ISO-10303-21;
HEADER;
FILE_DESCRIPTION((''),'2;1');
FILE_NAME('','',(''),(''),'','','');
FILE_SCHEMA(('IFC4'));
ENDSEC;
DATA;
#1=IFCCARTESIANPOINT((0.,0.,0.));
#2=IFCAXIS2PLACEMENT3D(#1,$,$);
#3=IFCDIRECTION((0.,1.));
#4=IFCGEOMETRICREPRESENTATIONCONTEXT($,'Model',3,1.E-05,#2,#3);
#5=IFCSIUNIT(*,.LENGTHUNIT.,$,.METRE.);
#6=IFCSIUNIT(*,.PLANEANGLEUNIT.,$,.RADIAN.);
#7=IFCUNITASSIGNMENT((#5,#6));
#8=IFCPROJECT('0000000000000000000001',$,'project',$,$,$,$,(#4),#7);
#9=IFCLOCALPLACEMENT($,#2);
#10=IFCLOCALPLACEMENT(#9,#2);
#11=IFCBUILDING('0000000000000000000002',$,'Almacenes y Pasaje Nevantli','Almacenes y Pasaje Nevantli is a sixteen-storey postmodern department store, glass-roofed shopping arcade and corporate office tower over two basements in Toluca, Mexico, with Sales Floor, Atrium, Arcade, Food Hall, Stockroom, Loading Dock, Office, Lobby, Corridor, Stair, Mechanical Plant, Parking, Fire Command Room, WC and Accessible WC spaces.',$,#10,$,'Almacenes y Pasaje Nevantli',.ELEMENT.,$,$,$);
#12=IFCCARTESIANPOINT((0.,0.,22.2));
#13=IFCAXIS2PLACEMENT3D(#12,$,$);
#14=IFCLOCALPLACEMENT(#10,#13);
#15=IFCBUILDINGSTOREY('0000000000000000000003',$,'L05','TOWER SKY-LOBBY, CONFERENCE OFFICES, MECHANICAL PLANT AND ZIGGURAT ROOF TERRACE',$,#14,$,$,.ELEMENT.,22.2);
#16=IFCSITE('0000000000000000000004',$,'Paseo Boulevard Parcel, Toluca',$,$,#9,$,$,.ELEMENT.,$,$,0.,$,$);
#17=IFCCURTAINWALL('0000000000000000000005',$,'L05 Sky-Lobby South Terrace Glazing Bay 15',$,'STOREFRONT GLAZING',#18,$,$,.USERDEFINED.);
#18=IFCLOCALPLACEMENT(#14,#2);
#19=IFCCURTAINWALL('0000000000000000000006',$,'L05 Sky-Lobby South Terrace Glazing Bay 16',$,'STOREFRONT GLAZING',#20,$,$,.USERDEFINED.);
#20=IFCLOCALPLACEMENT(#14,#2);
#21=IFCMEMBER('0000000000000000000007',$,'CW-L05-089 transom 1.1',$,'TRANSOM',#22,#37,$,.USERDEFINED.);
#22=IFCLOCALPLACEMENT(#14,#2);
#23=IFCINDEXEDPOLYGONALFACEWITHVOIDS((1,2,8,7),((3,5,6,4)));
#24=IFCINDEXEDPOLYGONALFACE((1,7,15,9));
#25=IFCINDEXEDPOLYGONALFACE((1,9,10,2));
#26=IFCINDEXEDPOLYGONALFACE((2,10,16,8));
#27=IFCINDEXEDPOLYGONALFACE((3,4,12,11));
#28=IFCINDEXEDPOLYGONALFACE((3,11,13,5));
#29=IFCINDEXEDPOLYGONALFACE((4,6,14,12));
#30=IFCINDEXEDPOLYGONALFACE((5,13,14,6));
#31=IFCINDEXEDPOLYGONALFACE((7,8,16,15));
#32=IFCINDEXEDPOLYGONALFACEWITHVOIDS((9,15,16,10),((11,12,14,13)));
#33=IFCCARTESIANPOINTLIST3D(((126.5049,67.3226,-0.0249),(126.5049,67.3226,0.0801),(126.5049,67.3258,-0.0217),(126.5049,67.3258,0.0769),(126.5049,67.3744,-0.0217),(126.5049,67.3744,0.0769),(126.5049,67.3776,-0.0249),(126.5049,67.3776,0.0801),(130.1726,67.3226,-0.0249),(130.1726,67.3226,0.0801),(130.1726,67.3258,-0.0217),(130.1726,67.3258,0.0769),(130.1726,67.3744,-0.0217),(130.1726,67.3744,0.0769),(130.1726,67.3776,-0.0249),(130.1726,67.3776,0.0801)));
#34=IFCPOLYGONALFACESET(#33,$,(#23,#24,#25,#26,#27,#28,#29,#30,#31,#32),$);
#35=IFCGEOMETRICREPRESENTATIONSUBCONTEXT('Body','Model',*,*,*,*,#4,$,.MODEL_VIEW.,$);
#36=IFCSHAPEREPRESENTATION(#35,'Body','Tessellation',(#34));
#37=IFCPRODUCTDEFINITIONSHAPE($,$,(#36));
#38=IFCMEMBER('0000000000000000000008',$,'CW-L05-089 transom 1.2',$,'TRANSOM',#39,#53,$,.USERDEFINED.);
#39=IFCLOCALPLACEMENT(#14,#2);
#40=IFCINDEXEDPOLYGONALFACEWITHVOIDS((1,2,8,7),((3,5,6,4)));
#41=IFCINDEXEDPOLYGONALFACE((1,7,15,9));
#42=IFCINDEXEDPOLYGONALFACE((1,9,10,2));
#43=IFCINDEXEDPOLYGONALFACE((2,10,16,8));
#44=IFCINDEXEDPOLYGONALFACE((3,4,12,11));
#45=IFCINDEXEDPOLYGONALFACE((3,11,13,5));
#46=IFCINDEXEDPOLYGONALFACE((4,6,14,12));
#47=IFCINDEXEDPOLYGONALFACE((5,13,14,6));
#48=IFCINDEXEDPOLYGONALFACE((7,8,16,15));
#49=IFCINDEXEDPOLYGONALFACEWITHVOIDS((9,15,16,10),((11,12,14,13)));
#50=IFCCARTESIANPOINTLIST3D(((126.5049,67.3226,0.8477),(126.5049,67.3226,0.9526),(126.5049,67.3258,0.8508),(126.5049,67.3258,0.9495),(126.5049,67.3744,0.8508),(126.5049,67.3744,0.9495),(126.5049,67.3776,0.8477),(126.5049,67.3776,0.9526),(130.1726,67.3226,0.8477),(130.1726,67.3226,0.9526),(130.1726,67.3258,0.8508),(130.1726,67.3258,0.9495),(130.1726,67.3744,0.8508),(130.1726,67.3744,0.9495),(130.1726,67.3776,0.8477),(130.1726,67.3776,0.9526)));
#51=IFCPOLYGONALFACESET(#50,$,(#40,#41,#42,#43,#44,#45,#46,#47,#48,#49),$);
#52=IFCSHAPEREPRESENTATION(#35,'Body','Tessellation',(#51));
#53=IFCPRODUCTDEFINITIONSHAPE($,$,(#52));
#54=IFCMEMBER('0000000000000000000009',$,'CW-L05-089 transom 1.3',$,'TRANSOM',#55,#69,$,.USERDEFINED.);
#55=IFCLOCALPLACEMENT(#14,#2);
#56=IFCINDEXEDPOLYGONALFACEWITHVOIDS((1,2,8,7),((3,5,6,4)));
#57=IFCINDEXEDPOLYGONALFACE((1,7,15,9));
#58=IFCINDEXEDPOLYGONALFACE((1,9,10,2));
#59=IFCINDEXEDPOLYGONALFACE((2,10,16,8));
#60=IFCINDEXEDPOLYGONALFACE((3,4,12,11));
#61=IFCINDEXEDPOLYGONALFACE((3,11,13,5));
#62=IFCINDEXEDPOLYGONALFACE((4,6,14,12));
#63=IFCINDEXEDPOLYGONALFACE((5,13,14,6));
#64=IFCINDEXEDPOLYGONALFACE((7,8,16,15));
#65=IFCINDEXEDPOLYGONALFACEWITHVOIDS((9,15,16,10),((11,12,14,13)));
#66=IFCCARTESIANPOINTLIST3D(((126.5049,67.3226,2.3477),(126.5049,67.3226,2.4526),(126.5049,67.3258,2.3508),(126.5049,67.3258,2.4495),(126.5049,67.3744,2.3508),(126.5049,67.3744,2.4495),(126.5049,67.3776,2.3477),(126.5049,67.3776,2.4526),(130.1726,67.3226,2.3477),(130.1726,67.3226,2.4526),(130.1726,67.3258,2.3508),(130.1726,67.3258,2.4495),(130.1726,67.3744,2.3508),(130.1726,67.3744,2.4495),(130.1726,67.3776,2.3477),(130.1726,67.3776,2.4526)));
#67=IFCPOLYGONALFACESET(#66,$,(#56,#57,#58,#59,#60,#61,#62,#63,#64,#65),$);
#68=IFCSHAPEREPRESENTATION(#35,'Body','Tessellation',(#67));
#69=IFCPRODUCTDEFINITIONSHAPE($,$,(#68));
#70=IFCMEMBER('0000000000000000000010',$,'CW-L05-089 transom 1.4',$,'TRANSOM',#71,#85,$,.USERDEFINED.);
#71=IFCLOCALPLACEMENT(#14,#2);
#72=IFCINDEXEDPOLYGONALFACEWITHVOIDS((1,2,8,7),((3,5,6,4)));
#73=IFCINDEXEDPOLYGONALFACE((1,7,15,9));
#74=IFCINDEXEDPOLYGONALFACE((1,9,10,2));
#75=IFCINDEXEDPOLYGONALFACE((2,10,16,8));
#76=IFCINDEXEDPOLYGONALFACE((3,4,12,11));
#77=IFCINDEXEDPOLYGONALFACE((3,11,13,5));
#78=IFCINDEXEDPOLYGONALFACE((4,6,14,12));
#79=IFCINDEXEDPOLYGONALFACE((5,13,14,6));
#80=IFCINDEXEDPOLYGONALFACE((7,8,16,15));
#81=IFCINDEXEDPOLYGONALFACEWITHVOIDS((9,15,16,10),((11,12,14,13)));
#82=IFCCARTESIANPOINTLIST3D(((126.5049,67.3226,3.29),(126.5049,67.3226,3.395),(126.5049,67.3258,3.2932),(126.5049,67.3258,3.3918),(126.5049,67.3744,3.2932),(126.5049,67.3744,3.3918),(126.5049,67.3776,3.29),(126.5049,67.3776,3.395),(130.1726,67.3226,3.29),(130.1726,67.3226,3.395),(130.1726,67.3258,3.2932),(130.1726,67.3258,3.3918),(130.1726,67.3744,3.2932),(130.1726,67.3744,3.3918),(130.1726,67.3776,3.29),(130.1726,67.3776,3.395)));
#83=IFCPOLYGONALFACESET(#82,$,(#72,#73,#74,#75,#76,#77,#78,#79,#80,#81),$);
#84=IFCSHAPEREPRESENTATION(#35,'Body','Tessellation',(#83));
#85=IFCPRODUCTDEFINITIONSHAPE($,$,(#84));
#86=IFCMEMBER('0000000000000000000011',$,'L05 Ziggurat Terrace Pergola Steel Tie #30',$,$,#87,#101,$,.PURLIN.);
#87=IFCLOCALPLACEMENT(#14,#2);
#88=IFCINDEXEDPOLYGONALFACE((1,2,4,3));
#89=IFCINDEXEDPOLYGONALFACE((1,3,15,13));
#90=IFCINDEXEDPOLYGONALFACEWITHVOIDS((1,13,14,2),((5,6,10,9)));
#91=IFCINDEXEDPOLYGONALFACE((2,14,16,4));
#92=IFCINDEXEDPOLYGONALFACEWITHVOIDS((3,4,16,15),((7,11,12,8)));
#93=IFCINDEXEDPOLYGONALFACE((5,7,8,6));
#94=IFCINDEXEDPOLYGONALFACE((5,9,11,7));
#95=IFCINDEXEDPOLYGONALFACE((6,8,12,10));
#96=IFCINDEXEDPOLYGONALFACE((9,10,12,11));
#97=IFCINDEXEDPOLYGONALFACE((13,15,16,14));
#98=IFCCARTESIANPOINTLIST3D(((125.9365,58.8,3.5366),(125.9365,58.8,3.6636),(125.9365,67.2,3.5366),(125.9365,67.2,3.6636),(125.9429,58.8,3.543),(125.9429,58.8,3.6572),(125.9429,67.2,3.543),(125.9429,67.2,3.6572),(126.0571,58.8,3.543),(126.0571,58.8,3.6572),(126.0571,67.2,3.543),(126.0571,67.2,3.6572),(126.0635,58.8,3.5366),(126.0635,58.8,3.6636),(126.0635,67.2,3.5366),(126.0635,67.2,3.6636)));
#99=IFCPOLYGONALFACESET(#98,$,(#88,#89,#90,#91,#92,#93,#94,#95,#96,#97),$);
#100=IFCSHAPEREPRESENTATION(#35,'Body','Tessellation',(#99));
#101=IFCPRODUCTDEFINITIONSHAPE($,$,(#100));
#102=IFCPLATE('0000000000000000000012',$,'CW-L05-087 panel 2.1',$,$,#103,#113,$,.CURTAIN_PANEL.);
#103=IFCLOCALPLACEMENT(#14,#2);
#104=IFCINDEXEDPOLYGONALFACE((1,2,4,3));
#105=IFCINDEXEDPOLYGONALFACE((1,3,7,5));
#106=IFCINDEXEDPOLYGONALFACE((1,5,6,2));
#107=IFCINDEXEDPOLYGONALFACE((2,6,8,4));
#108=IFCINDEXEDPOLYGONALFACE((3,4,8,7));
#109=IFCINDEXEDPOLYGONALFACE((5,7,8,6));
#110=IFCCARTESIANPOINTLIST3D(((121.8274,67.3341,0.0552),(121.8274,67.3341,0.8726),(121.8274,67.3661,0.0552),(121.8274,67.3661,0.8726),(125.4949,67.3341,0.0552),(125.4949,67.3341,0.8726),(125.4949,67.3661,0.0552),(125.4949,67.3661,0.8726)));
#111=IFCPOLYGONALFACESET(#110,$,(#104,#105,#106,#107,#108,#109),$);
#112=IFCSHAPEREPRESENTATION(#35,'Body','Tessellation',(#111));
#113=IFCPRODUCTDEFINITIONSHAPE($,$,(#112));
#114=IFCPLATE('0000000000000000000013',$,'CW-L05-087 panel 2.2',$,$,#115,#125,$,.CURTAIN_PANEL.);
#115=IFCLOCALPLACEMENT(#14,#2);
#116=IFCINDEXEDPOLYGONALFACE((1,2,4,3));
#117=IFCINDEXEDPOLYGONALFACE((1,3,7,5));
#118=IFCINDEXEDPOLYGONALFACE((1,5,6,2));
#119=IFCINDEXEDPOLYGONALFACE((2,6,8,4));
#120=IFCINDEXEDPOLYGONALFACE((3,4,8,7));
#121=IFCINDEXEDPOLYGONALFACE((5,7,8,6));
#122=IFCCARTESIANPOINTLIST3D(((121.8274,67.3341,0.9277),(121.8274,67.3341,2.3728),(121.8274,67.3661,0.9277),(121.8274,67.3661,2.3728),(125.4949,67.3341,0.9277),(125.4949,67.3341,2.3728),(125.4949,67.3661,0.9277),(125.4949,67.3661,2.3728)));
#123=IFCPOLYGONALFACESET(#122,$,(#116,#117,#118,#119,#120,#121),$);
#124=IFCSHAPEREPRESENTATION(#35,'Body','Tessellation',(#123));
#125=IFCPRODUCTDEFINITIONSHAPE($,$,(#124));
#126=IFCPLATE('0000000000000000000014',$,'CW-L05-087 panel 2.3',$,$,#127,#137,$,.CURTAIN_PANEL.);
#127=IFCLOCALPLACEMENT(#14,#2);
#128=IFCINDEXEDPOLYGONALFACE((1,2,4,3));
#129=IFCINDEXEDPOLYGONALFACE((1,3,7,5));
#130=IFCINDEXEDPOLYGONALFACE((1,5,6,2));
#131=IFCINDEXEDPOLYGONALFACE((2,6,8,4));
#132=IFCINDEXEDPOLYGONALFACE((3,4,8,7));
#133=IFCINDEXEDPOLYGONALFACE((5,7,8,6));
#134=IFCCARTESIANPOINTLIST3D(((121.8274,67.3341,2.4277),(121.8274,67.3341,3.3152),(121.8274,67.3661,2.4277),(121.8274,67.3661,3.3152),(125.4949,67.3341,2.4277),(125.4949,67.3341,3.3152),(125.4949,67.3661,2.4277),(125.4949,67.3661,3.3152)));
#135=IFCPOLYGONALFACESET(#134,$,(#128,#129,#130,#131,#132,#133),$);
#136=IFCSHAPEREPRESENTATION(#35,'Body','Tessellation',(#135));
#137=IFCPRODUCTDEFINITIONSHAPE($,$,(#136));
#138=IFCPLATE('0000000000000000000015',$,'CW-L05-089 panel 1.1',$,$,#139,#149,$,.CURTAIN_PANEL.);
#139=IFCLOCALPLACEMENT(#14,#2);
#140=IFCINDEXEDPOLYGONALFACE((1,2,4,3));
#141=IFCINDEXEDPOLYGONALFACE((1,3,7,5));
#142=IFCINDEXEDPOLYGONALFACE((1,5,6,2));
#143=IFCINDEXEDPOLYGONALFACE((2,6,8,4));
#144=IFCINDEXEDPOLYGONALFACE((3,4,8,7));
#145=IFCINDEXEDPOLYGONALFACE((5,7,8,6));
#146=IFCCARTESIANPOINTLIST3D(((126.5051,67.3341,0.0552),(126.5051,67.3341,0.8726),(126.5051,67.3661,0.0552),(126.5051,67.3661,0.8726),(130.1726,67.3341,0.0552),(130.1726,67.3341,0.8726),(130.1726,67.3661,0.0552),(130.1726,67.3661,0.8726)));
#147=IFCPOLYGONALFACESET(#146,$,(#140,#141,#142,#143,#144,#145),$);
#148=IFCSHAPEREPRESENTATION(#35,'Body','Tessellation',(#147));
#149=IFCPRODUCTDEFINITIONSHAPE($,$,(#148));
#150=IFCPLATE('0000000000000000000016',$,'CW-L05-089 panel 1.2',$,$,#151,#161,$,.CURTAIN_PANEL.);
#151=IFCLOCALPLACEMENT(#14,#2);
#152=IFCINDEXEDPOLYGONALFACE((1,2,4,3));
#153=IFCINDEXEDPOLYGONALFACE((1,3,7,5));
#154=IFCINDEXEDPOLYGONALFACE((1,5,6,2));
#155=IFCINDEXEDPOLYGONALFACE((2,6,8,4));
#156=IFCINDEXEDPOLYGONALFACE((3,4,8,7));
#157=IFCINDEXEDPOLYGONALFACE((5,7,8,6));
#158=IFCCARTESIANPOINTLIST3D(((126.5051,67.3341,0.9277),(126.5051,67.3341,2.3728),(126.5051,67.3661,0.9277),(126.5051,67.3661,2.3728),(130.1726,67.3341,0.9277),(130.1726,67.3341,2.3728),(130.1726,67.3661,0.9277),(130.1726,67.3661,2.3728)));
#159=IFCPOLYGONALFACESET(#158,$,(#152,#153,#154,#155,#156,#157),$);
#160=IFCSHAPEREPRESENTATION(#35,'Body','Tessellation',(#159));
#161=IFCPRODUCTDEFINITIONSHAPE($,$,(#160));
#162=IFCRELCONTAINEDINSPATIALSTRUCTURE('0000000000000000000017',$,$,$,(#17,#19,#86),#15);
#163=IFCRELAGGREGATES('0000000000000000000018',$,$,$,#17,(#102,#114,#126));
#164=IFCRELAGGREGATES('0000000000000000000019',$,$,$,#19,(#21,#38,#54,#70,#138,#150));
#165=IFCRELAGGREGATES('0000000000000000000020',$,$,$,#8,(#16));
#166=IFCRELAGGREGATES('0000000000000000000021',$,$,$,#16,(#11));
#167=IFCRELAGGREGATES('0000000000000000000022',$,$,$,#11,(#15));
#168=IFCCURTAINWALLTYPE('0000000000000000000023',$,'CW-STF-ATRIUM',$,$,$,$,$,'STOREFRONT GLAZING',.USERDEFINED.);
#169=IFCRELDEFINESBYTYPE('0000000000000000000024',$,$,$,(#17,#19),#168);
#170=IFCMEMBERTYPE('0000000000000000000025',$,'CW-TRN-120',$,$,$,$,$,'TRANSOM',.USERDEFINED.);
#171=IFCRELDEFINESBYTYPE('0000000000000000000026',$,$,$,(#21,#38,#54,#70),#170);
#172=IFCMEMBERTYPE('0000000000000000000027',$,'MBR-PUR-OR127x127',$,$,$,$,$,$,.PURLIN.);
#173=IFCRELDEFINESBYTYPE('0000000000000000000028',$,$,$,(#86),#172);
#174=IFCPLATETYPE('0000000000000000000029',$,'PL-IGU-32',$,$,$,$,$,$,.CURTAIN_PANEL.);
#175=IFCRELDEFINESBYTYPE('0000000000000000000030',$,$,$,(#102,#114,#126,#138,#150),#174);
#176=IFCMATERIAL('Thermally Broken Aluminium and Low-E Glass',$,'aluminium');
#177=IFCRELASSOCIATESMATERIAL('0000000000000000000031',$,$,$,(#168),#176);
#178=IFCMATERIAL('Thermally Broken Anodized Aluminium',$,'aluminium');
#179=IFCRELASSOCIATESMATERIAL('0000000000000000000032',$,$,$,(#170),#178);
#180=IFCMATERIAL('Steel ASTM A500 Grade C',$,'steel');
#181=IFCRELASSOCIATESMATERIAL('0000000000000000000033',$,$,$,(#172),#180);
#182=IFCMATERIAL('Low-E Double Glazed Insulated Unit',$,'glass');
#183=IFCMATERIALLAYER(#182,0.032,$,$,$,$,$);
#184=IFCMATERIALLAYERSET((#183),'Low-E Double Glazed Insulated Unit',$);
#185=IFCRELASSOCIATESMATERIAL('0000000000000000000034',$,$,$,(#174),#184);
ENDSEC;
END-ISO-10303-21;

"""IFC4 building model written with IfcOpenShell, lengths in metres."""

from ifc_helpers import new_model, si_unit, direction, frame, origin, origin_2d, place, context, subcontext, project, spatial, rectangle, hollow_rectangle, extrude, material, layer, layer_set, material_profile, profile_set, type_object, element, aggregate, save


model = new_model("IFC4")

# Units and contexts
model_context = context("Model", 3, precision=1e-05, world=origin(), true_north=direction((0.0, 1.0)))
body_context = subcontext(model_context, "Body", "Model", "MODEL_VIEW")
ifc_project = project(units=[si_unit("LENGTHUNIT", "METRE"), si_unit("PLANEANGLEUNIT", "RADIAN")], contexts=[model_context])

# Site, building, storey
site_placement = place(None, origin())
site = spatial("IfcSite", under=ifc_project, at=site_placement, Name="Paseo Boulevard Parcel, Toluca", CompositionType="ELEMENT", RefElevation=0.0)
building_placement = place(site_placement, origin())
building = spatial("IfcBuilding", under=site, at=building_placement, Name="Almacenes y Pasaje Nevantli", Description="Almacenes y Pasaje Nevantli is a sixteen-storey postmodern department store, glass-roofed shopping arcade and corporate office tower over two basements in Toluca, Mexico, with Sales Floor, Atrium, Arcade, Food Hall, Stockroom, Loading Dock, Office, Lobby, Corridor, Stair, Mechanical Plant, Parking, Fire Command Room, WC and Accessible WC spaces.", LongName="Almacenes y Pasaje Nevantli", CompositionType="ELEMENT")
storey_placement = place(building_placement, frame((0.0, 0.0, 22.2)))
storey = spatial("IfcBuildingStorey", under=building, at=storey_placement, Name="L05", Description="TOWER SKY-LOBBY, CONFERENCE OFFICES, MECHANICAL PLANT AND ZIGGURAT ROOF TERRACE", CompositionType="ELEMENT", Elevation=22.2)

# Curtain walls
ifc_material_1 = material(Name="Thermally Broken Aluminium and Low-E Glass", Category="aluminium")
curtain_wall_type = type_object("IfcCurtainWallType", Name="CW-STF-ATRIUM", ElementType="STOREFRONT GLAZING", PredefinedType="USERDEFINED", material=ifc_material_1)
curtain_wall_1_placement = place(storey_placement, origin())
curtain_wall_1 = element("IfcCurtainWall", 1, at=curtain_wall_1_placement, inside=storey, type_object=curtain_wall_type, Name="L05 Sky-Lobby South Terrace Glazing Bay 15", ObjectType="STOREFRONT GLAZING", PredefinedType="USERDEFINED")
curtain_wall_2_placement = place(storey_placement, origin())
curtain_wall_2 = element("IfcCurtainWall", 2, at=curtain_wall_2_placement, inside=storey, type_object=curtain_wall_type, Name="L05 Sky-Lobby South Terrace Glazing Bay 16", ObjectType="STOREFRONT GLAZING", PredefinedType="USERDEFINED")

# Members
ifc_material_2 = material(Name="Thermally Broken Anodized Aluminium", Category="aluminium")
ifc_material_profile_1 = material_profile(ifc_material_2, hollow_rectangle(XDim=0.0549, YDim=0.105, WallThickness=0.0032, at=origin_2d()), Name="ALU-TRN-55x105")
ifc_profile_set_1 = profile_set([ifc_material_profile_1], Name="Thermally Broken Anodized Aluminium")
member_type_1 = type_object("IfcMemberType", Name="CW-TRN-120", ElementType="TRANSOM", PredefinedType="USERDEFINED", material=ifc_profile_set_1)
member_1_placement = place(storey_placement, frame((126.5049, 67.3501, 0.0276), z_axis=(1.0, 0.0, 0.0), x_axis=(0.0, 1.0, 0.0)))
member_1 = element("IfcMember", 3, at=member_1_placement, type_object=member_type_1, Name="CW-L05-089 transom 1.1", ObjectType="TRANSOM", PredefinedType="USERDEFINED", context=body_context, shape_type="SweptSolid", body=[
    extrude(hollow_rectangle(XDim=0.0549, YDim=0.105, WallThickness=0.0032, at=origin_2d()), origin(), (0.0, 0.0, 1.0), 3.6677),
])
member_2_placement = place(storey_placement, frame((126.5049, 67.3501, 0.9001), z_axis=(1.0, 0.0, 0.0), x_axis=(0.0, 1.0, 0.0)))
member_2 = element("IfcMember", 4, at=member_2_placement, type_object=member_type_1, Name="CW-L05-089 transom 1.2", ObjectType="TRANSOM", PredefinedType="USERDEFINED", context=body_context, shape_type="SweptSolid", body=[
    extrude(hollow_rectangle(XDim=0.0549, YDim=0.105, WallThickness=0.0032, at=origin_2d()), origin(), (0.0, 0.0, 1.0), 3.6677),
])
member_3_placement = place(storey_placement, frame((126.5049, 67.3501, 2.4001), z_axis=(1.0, 0.0, 0.0), x_axis=(0.0, 1.0, 0.0)))
member_3 = element("IfcMember", 5, at=member_3_placement, type_object=member_type_1, Name="CW-L05-089 transom 1.3", ObjectType="TRANSOM", PredefinedType="USERDEFINED", context=body_context, shape_type="SweptSolid", body=[
    extrude(hollow_rectangle(XDim=0.0549, YDim=0.105, WallThickness=0.0032, at=origin_2d()), origin(), (0.0, 0.0, 1.0), 3.6677),
])
member_4_placement = place(storey_placement, frame((126.5049, 67.3501, 3.3425), z_axis=(1.0, 0.0, 0.0), x_axis=(0.0, 1.0, 0.0)))
member_4 = element("IfcMember", 6, at=member_4_placement, type_object=member_type_1, Name="CW-L05-089 transom 1.4", ObjectType="TRANSOM", PredefinedType="USERDEFINED", context=body_context, shape_type="SweptSolid", body=[
    extrude(hollow_rectangle(XDim=0.0549, YDim=0.105, WallThickness=0.0032, at=origin_2d()), origin(), (0.0, 0.0, 1.0), 3.6677),
])
ifc_material_3 = material(Name="Steel ASTM A500 Grade C", Category="steel")
ifc_material_profile_2 = material_profile(ifc_material_3, hollow_rectangle(XDim=0.127, YDim=0.127, WallThickness=0.0063, at=origin_2d()), Name="OR 127x127x6.4")
ifc_profile_set_2 = profile_set([ifc_material_profile_2], Name="Steel ASTM A500 Grade C")
member_type_2 = type_object("IfcMemberType", Name="MBR-PUR-OR127x127", PredefinedType="PURLIN", material=ifc_profile_set_2)
member_5_placement = place(storey_placement, frame((126.0, 58.8, 3.6001), z_axis=(0.0, 1.0, 0.0), x_axis=(-1.0, 0.0, 0.0)))
element("IfcMember", 7, at=member_5_placement, inside=storey, type_object=member_type_2, Name="L05 Ziggurat Terrace Pergola Steel Tie #30", PredefinedType="PURLIN", context=body_context, shape_type="SweptSolid", body=[
    extrude(hollow_rectangle(XDim=0.127, YDim=0.127, WallThickness=0.0063, at=origin_2d()), origin(), (0.0, 0.0, 1.0), 8.3999),
])

# Plates
ifc_material_4 = material(Name="Low-E Double Glazed Insulated Unit", Category="glass")
ifc_layer = layer(ifc_material_4, 0.032)
ifc_layer_set = layer_set([ifc_layer], Name="Low-E Double Glazed Insulated Unit")
plate_type = type_object("IfcPlateType", Name="PL-IGU-32", PredefinedType="CURTAIN_PANEL", material=ifc_layer_set)
plate_1_placement = place(storey_placement, frame((123.6611, 67.3501, 0.0552), z_axis=(0.0, 0.0, 1.0), x_axis=(1.0, 0.0, 0.0)))
plate_1 = element("IfcPlate", 8, at=plate_1_placement, type_object=plate_type, Name="CW-L05-087 panel 2.1", PredefinedType="CURTAIN_PANEL", context=body_context, shape_type="SweptSolid", body=[
    extrude(rectangle(XDim=3.6675, YDim=0.032, at=origin_2d()), origin(), (0.0, 0.0, 1.0), 0.8174),
])
plate_2_placement = place(storey_placement, frame((123.6611, 67.3501, 0.9277), z_axis=(0.0, 0.0, 1.0), x_axis=(1.0, 0.0, 0.0)))
plate_2 = element("IfcPlate", 9, at=plate_2_placement, type_object=plate_type, Name="CW-L05-087 panel 2.2", PredefinedType="CURTAIN_PANEL", context=body_context, shape_type="SweptSolid", body=[
    extrude(rectangle(XDim=3.6675, YDim=0.032, at=origin_2d()), origin(), (0.0, 0.0, 1.0), 1.4451),
])
plate_3_placement = place(storey_placement, frame((123.6611, 67.3501, 2.4277), z_axis=(0.0, 0.0, 1.0), x_axis=(1.0, 0.0, 0.0)))
plate_3 = element("IfcPlate", 10, at=plate_3_placement, type_object=plate_type, Name="CW-L05-087 panel 2.3", PredefinedType="CURTAIN_PANEL", context=body_context, shape_type="SweptSolid", body=[
    extrude(rectangle(XDim=3.6675, YDim=0.032, at=origin_2d()), origin(), (0.0, 0.0, 1.0), 0.8875),
])
aggregate(curtain_wall_1, [plate_1, plate_2, plate_3])
plate_4_placement = place(storey_placement, frame((128.3389, 67.3501, 0.0552), z_axis=(0.0, 0.0, 1.0), x_axis=(1.0, 0.0, 0.0)))
plate_4 = element("IfcPlate", 11, at=plate_4_placement, type_object=plate_type, Name="CW-L05-089 panel 1.1", PredefinedType="CURTAIN_PANEL", context=body_context, shape_type="SweptSolid", body=[
    extrude(rectangle(XDim=3.6675, YDim=0.032, at=origin_2d()), origin(), (0.0, 0.0, 1.0), 0.8174),
])
plate_5_placement = place(storey_placement, frame((128.3389, 67.3501, 0.9277), z_axis=(0.0, 0.0, 1.0), x_axis=(1.0, 0.0, 0.0)))
plate_5 = element("IfcPlate", 12, at=plate_5_placement, type_object=plate_type, Name="CW-L05-089 panel 1.2", PredefinedType="CURTAIN_PANEL", context=body_context, shape_type="SweptSolid", body=[
    extrude(rectangle(XDim=3.6675, YDim=0.032, at=origin_2d()), origin(), (0.0, 0.0, 1.0), 1.4451),
])
aggregate(curtain_wall_2, [member_1, member_2, member_3, member_4, plate_4, plate_5])

save(model, "model.ifc")
